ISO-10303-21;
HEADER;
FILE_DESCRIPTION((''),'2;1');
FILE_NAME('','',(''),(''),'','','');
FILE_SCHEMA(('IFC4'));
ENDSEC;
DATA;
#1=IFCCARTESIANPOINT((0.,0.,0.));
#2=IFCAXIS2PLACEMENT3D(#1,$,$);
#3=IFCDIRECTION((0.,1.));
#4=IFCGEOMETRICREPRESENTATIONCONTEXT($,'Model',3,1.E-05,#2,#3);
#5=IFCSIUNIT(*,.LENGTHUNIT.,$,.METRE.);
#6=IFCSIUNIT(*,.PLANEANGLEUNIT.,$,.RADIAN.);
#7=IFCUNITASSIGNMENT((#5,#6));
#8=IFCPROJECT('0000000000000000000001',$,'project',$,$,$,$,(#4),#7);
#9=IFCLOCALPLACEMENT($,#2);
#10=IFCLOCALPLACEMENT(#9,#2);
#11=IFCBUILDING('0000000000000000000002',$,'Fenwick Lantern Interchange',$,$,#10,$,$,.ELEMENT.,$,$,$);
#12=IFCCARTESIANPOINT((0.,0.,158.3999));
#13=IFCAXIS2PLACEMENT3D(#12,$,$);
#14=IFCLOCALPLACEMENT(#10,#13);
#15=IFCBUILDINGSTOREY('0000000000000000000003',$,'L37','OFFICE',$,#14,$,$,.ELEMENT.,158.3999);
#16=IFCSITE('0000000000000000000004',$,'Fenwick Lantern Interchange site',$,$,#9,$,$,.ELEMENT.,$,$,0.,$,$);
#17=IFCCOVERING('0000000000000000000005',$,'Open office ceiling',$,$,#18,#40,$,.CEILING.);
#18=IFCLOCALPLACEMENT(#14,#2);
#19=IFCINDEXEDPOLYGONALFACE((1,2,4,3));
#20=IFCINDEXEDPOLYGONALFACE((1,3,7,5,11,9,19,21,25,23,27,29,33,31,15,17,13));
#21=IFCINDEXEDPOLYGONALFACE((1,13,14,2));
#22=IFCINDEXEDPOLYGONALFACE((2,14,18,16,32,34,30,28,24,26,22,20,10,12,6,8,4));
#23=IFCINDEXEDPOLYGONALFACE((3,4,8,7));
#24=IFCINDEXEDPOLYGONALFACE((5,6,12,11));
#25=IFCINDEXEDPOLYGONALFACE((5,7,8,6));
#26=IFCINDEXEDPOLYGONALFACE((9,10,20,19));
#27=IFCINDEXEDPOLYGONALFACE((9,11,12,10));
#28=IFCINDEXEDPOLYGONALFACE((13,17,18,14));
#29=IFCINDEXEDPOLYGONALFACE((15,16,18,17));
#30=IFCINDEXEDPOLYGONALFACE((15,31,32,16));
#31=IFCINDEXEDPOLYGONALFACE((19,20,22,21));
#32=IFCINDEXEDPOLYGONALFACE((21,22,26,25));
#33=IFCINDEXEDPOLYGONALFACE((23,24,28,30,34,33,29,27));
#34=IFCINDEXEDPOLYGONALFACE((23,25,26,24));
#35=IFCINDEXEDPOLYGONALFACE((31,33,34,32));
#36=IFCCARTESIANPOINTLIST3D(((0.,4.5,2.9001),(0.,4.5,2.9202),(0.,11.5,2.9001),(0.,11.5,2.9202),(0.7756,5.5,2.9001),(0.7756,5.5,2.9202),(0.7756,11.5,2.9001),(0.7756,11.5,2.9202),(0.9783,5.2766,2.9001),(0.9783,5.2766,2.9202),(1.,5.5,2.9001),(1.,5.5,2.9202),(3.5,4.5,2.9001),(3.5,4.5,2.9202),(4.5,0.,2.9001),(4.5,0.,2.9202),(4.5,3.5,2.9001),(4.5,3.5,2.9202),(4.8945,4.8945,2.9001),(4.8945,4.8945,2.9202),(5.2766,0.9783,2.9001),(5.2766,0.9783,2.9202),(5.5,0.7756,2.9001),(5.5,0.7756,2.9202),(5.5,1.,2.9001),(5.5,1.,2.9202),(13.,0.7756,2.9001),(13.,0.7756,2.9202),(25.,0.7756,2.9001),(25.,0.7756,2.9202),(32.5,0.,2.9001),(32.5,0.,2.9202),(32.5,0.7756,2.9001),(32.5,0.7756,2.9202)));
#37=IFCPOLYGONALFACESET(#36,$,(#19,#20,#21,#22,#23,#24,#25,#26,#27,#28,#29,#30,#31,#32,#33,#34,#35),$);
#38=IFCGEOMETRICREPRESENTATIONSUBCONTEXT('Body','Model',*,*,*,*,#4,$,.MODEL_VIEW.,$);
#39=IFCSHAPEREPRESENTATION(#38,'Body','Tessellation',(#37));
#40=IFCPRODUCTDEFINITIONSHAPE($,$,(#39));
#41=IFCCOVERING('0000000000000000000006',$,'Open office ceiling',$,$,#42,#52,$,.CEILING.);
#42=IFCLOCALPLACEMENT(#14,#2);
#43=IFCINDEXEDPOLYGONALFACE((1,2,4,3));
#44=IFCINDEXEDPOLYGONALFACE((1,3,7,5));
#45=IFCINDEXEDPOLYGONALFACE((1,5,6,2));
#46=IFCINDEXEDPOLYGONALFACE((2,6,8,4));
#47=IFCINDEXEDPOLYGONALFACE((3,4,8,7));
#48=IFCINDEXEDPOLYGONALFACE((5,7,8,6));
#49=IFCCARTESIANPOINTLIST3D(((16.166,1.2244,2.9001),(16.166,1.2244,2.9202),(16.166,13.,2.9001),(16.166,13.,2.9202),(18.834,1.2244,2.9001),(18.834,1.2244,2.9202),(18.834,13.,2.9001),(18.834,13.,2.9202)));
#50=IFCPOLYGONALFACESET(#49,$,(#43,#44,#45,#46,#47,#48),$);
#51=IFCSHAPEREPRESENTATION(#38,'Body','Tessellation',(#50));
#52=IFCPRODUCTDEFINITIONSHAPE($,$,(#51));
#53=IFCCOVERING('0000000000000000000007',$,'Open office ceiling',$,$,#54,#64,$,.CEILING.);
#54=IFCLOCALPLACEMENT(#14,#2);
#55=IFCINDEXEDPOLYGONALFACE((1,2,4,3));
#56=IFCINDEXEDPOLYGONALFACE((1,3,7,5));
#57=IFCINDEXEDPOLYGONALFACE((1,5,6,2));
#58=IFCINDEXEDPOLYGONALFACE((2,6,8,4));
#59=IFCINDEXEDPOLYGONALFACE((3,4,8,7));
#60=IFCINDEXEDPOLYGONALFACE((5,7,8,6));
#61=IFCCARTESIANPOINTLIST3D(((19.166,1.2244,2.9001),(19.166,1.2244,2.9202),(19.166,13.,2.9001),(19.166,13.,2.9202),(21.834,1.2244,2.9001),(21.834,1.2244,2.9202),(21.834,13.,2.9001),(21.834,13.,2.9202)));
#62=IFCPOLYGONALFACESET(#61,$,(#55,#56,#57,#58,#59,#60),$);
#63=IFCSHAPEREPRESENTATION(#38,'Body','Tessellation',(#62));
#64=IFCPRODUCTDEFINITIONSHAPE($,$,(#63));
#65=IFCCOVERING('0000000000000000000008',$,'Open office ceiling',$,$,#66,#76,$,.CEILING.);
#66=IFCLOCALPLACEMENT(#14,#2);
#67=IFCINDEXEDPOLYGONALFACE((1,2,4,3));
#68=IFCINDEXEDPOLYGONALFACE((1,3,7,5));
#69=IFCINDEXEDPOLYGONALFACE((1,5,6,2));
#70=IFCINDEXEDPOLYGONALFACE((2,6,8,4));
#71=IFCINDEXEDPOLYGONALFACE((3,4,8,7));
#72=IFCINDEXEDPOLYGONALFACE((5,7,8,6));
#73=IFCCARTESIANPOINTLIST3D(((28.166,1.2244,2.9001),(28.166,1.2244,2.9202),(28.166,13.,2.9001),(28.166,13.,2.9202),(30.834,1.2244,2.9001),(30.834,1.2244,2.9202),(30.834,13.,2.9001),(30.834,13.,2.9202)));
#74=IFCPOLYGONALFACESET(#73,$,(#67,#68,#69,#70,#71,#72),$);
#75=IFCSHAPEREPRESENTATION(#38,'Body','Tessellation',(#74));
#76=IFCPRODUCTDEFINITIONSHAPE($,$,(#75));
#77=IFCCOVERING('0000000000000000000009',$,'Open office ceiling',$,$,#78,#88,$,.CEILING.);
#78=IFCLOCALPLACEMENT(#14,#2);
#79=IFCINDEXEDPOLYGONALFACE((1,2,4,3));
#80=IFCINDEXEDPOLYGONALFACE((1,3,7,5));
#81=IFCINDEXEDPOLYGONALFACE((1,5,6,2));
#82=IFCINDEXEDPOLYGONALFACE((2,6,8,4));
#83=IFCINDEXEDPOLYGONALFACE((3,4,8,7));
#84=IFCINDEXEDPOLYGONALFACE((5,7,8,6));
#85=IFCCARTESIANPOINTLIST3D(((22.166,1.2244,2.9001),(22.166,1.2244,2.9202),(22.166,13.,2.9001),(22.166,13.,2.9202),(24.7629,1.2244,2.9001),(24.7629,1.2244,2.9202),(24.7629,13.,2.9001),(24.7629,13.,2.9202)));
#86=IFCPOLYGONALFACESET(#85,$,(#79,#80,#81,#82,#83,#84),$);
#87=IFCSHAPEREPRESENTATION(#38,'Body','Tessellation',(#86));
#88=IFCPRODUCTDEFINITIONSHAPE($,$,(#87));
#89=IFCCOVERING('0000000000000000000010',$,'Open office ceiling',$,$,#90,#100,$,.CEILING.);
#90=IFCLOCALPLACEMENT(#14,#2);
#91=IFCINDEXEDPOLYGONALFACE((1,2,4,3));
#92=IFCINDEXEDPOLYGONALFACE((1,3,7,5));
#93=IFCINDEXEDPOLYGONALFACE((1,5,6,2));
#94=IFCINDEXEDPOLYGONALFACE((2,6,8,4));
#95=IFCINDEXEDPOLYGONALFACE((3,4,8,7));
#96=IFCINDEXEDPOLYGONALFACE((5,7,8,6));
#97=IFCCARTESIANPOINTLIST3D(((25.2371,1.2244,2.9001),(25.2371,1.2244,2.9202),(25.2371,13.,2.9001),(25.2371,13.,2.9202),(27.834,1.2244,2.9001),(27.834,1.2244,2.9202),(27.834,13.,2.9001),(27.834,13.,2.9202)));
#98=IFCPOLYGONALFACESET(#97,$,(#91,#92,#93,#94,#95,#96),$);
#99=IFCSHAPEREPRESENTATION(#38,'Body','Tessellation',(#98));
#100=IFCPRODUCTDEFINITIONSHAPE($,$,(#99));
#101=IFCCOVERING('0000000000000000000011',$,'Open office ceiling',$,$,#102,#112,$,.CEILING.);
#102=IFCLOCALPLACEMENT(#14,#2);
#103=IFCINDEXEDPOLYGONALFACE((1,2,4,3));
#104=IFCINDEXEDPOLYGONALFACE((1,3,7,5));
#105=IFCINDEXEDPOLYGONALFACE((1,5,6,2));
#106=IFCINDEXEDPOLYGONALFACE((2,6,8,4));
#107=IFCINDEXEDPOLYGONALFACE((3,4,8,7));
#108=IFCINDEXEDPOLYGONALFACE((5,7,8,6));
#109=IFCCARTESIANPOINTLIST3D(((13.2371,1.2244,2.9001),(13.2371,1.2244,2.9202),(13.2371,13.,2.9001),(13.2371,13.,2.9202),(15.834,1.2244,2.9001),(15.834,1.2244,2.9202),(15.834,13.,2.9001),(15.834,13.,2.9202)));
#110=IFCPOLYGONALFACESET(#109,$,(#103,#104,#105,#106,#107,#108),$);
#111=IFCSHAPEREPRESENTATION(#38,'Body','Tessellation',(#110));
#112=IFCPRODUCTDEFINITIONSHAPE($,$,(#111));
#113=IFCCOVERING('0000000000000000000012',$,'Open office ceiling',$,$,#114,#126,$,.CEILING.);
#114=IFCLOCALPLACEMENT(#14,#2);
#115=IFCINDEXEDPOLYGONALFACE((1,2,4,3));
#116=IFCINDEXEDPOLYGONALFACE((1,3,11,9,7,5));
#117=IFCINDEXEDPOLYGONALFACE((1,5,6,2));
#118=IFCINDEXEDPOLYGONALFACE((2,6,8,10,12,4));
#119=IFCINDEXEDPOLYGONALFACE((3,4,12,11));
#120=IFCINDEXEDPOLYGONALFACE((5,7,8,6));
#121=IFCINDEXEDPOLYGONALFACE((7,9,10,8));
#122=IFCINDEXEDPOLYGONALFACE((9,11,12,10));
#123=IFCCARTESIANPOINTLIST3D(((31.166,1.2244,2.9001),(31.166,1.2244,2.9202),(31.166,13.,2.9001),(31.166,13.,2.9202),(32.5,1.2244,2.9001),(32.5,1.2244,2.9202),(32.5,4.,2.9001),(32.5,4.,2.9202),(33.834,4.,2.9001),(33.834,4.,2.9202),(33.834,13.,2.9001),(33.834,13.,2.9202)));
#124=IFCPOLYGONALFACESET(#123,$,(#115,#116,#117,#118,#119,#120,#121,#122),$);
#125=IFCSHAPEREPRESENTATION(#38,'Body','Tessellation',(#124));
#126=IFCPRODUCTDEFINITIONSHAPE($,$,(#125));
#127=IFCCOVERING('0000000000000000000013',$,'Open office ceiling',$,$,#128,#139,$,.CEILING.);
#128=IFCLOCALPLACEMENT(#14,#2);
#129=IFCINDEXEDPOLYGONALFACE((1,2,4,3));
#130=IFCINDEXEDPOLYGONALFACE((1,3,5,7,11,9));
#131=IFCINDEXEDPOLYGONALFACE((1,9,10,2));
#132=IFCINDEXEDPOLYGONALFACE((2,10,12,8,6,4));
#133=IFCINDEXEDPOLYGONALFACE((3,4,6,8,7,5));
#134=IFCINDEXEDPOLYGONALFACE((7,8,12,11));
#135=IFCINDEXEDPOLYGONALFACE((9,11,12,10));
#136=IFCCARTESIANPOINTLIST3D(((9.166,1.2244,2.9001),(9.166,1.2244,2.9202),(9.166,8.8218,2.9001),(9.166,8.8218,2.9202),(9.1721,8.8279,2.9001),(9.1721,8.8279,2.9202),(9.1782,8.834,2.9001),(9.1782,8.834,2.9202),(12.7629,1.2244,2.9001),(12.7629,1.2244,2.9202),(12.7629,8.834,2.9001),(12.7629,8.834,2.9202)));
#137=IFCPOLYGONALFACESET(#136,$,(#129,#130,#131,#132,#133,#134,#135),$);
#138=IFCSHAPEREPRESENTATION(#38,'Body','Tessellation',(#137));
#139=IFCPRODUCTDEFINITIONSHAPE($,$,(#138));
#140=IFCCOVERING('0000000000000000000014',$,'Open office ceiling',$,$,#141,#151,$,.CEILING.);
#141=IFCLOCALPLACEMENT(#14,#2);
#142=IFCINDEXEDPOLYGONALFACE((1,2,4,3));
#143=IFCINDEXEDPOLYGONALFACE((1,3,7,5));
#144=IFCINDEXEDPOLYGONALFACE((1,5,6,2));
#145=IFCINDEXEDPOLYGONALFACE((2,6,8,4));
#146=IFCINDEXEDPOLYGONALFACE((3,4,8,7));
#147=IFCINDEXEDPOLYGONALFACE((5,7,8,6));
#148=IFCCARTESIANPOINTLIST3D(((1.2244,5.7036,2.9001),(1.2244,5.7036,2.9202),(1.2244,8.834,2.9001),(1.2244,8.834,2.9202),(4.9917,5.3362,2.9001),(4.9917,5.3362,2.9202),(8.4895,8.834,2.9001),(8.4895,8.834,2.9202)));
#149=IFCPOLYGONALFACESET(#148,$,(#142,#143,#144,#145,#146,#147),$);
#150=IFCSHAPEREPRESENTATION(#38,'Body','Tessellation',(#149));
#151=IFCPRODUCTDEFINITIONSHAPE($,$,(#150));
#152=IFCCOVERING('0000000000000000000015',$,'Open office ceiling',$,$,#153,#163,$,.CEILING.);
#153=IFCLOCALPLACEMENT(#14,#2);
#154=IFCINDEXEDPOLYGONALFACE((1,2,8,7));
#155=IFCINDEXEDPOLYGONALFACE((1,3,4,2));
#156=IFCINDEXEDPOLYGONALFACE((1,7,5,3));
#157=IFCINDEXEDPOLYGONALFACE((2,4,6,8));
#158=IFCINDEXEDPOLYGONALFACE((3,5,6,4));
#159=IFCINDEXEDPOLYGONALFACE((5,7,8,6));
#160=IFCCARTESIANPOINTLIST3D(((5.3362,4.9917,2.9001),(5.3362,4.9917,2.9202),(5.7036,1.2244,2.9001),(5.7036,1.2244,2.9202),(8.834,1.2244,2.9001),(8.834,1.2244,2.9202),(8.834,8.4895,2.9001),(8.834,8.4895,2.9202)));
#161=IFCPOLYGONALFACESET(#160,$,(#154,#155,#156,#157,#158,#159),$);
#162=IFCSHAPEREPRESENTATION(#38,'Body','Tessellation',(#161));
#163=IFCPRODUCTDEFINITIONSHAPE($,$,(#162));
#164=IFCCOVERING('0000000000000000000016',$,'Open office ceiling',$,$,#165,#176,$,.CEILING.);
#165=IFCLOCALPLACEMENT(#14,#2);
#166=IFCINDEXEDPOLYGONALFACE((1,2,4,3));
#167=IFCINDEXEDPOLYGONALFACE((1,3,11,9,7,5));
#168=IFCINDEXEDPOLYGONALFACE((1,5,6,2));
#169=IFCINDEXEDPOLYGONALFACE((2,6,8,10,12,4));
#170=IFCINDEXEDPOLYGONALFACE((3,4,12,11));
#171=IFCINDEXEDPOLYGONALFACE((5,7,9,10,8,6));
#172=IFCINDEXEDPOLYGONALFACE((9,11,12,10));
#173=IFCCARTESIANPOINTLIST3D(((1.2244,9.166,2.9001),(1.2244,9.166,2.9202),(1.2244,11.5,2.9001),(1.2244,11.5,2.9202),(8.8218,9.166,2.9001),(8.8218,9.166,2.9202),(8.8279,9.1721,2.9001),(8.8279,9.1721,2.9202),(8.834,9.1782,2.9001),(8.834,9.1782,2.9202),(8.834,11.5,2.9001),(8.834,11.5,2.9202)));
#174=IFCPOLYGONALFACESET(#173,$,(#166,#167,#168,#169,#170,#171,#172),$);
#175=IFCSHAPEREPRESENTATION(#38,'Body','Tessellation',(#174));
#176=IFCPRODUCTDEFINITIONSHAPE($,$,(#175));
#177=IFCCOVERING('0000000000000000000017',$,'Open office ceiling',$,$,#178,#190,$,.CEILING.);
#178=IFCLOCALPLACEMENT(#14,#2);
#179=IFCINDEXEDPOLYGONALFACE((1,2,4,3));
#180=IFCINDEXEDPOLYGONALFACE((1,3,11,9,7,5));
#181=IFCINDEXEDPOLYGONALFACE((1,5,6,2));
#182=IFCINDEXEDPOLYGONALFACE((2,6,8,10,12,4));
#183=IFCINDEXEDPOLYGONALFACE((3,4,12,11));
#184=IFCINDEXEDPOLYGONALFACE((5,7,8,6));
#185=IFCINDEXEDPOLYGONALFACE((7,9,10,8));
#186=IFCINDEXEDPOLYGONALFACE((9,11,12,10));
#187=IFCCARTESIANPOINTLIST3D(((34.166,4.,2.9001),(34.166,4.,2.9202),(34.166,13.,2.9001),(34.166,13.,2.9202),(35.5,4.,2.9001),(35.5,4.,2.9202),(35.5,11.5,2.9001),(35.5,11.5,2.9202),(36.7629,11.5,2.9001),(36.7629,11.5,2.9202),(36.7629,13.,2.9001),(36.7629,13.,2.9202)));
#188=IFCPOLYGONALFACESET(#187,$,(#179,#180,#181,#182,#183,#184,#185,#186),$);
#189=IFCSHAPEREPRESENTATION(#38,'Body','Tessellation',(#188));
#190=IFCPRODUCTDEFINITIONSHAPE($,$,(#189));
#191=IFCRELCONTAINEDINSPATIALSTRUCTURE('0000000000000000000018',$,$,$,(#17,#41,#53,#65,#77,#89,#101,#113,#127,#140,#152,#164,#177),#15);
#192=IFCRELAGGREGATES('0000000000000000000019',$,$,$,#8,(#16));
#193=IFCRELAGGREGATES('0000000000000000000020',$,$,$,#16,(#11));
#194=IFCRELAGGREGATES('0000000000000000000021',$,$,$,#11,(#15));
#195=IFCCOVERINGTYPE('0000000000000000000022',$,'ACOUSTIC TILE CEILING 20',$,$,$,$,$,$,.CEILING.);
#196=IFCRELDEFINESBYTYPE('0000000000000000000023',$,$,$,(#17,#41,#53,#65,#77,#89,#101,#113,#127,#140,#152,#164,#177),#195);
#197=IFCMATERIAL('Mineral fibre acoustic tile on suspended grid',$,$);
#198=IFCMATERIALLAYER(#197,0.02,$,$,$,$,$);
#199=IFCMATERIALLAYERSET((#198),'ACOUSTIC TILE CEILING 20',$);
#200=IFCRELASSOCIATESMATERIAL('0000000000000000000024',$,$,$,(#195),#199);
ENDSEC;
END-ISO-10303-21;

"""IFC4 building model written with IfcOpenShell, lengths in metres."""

from ifc_helpers import new_model, si_unit, direction, frame, origin, place, context, subcontext, project, spatial, polyline, outline, extrude, material, layer, layer_set, type_object, element, save


model = new_model("IFC4")

# Units and contexts
model_context = context("Model", 3, precision=1e-05, world=origin(), true_north=direction((0.0, 1.0)))
body_context = subcontext(model_context, "Body", "Model", "MODEL_VIEW")
ifc_project = project(units=[si_unit("LENGTHUNIT", "METRE"), si_unit("PLANEANGLEUNIT", "RADIAN")], contexts=[model_context])

# Site, building, storey
site_placement = place(None, origin())
site = spatial("IfcSite", under=ifc_project, at=site_placement, Name="Fenwick Lantern Interchange site", CompositionType="ELEMENT", RefElevation=0.0)
building_placement = place(site_placement, origin())
building = spatial("IfcBuilding", under=site, at=building_placement, Name="Fenwick Lantern Interchange", CompositionType="ELEMENT")
storey_placement = place(building_placement, frame((0.0, 0.0, 158.3999)))
storey = spatial("IfcBuildingStorey", under=building, at=storey_placement, Name="L37", Description="OFFICE", CompositionType="ELEMENT", Elevation=158.3999)

# Coverings
ifc_material = material(Name="Mineral fibre acoustic tile on suspended grid")
ifc_layer = layer(ifc_material, 0.02)
ifc_layer_set = layer_set([ifc_layer], Name="ACOUSTIC TILE CEILING 20")
covering_type = type_object("IfcCoveringType", Name="ACOUSTIC TILE CEILING 20", PredefinedType="CEILING", material=ifc_layer_set)
covering_1_placement = place(storey_placement, frame((0.0, 0.0, 2.9001)))
element("IfcCovering", 1, at=covering_1_placement, inside=storey, type_object=covering_type, Name="Open office ceiling", PredefinedType="CEILING", context=body_context, shape_type="SweptSolid", body=[
    extrude(outline(polyline([(4.5, 3.5), (4.5, 0.0), (32.5, 0.0), (32.5, 0.7756), (25.0, 0.7756), (13.0, 0.7756), (13.0, 0.7756), (5.5, 0.7756), (5.5, 1.0), (5.2766, 0.9783), (4.8945, 4.8945), (0.9783, 5.2766), (1.0, 5.5), (0.7756, 5.5), (0.7756, 11.5), (0.0, 11.5), (0.0, 4.5), (3.5, 4.5), (4.5, 3.5)])), origin(), (0.0, 0.0, 1.0), 0.02),
])
covering_2_placement = place(storey_placement, frame((0.0, 0.0, 2.9001)))
element("IfcCovering", 2, at=covering_2_placement, inside=storey, type_object=covering_type, Name="Open office ceiling", PredefinedType="CEILING", context=body_context, shape_type="SweptSolid", body=[
    extrude(outline(polyline([(18.834, 13.0), (16.166, 13.0), (16.166, 1.2244), (18.834, 1.2244), (18.834, 13.0)])), origin(), (0.0, 0.0, 1.0), 0.02),
])
covering_3_placement = place(storey_placement, frame((0.0, 0.0, 2.9001)))
element("IfcCovering", 3, at=covering_3_placement, inside=storey, type_object=covering_type, Name="Open office ceiling", PredefinedType="CEILING", context=body_context, shape_type="SweptSolid", body=[
    extrude(outline(polyline([(21.834, 13.0), (19.166, 13.0), (19.166, 1.2244), (21.834, 1.2244), (21.834, 13.0)])), origin(), (0.0, 0.0, 1.0), 0.02),
])
covering_4_placement = place(storey_placement, frame((0.0, 0.0, 2.9001)))
element("IfcCovering", 4, at=covering_4_placement, inside=storey, type_object=covering_type, Name="Open office ceiling", PredefinedType="CEILING", context=body_context, shape_type="SweptSolid", body=[
    extrude(outline(polyline([(30.834, 13.0), (28.166, 13.0), (28.166, 1.2244), (30.834, 1.2244), (30.834, 13.0)])), origin(), (0.0, 0.0, 1.0), 0.02),
])
covering_5_placement = place(storey_placement, frame((0.0, 0.0, 2.9001)))
element("IfcCovering", 5, at=covering_5_placement, inside=storey, type_object=covering_type, Name="Open office ceiling", PredefinedType="CEILING", context=body_context, shape_type="SweptSolid", body=[
    extrude(outline(polyline([(24.7629, 13.0), (22.166, 13.0), (22.166, 1.2244), (24.7629, 1.2244), (24.7629, 13.0)])), origin(), (0.0, 0.0, 1.0), 0.02),
])
covering_6_placement = place(storey_placement, frame((0.0, 0.0, 2.9001)))
element("IfcCovering", 6, at=covering_6_placement, inside=storey, type_object=covering_type, Name="Open office ceiling", PredefinedType="CEILING", context=body_context, shape_type="SweptSolid", body=[
    extrude(outline(polyline([(27.834, 13.0), (25.2371, 13.0), (25.2371, 1.2244), (27.834, 1.2244), (27.834, 13.0)])), origin(), (0.0, 0.0, 1.0), 0.02),
])
covering_7_placement = place(storey_placement, frame((0.0, 0.0, 2.9001)))
element("IfcCovering", 7, at=covering_7_placement, inside=storey, type_object=covering_type, Name="Open office ceiling", PredefinedType="CEILING", context=body_context, shape_type="SweptSolid", body=[
    extrude(outline(polyline([(15.834, 13.0), (13.2371, 13.0), (13.2371, 1.2244), (15.834, 1.2244), (15.834, 13.0)])), origin(), (0.0, 0.0, 1.0), 0.02),
])
covering_8_placement = place(storey_placement, frame((0.0, 0.0, 2.9001)))
element("IfcCovering", 8, at=covering_8_placement, inside=storey, type_object=covering_type, Name="Open office ceiling", PredefinedType="CEILING", context=body_context, shape_type="SweptSolid", body=[
    extrude(outline(polyline([(33.834, 13.0), (31.166, 13.0), (31.166, 1.2244), (32.5, 1.2244), (32.5, 4.0), (33.834, 4.0), (33.834, 13.0)])), origin(), (0.0, 0.0, 1.0), 0.02),
])
covering_9_placement = place(storey_placement, frame((0.0, 0.0, 2.9001)))
element("IfcCovering", 9, at=covering_9_placement, inside=storey, type_object=covering_type, Name="Open office ceiling", PredefinedType="CEILING", context=body_context, shape_type="SweptSolid", body=[
    extrude(outline(polyline([(9.166, 8.8218), (9.166, 1.2244), (12.7629, 1.2244), (12.7629, 8.834), (9.1782, 8.834), (9.1721, 8.8279), (9.166, 8.8218)])), origin(), (0.0, 0.0, 1.0), 0.02),
])
covering_10_placement = place(storey_placement, frame((0.0, 0.0, 2.9001)))
element("IfcCovering", 10, at=covering_10_placement, inside=storey, type_object=covering_type, Name="Open office ceiling", PredefinedType="CEILING", context=body_context, shape_type="SweptSolid", body=[
    extrude(outline(polyline([(4.9917, 5.3362), (8.4895, 8.834), (1.2244, 8.834), (1.2244, 5.7036), (4.9917, 5.3362)])), origin(), (0.0, 0.0, 1.0), 0.02),
])
covering_11_placement = place(storey_placement, frame((0.0, 0.0, 2.9001)))
element("IfcCovering", 11, at=covering_11_placement, inside=storey, type_object=covering_type, Name="Open office ceiling", PredefinedType="CEILING", context=body_context, shape_type="SweptSolid", body=[
    extrude(outline(polyline([(8.834, 1.2244), (8.834, 8.4895), (5.3362, 4.9917), (5.7036, 1.2244), (8.834, 1.2244)])), origin(), (0.0, 0.0, 1.0), 0.02),
])
covering_12_placement = place(storey_placement, frame((0.0, 0.0, 2.9001)))
element("IfcCovering", 12, at=covering_12_placement, inside=storey, type_object=covering_type, Name="Open office ceiling", PredefinedType="CEILING", context=body_context, shape_type="SweptSolid", body=[
    extrude(outline(polyline([(8.834, 11.5), (1.2244, 11.5), (1.2244, 9.166), (8.8218, 9.166), (8.8279, 9.1721), (8.834, 9.1782), (8.834, 11.5)])), origin(), (0.0, 0.0, 1.0), 0.02),
])
covering_13_placement = place(storey_placement, frame((0.0, 0.0, 2.9001)))
element("IfcCovering", 13, at=covering_13_placement, inside=storey, type_object=covering_type, Name="Open office ceiling", PredefinedType="CEILING", context=body_context, shape_type="SweptSolid", body=[
    extrude(outline(polyline([(36.7629, 13.0), (34.166, 13.0), (34.166, 4.0), (35.5, 4.0), (35.5, 11.5), (36.7629, 11.5), (36.7629, 13.0)])), origin(), (0.0, 0.0, 1.0), 0.02),
])

save(model, "model.ifc")
